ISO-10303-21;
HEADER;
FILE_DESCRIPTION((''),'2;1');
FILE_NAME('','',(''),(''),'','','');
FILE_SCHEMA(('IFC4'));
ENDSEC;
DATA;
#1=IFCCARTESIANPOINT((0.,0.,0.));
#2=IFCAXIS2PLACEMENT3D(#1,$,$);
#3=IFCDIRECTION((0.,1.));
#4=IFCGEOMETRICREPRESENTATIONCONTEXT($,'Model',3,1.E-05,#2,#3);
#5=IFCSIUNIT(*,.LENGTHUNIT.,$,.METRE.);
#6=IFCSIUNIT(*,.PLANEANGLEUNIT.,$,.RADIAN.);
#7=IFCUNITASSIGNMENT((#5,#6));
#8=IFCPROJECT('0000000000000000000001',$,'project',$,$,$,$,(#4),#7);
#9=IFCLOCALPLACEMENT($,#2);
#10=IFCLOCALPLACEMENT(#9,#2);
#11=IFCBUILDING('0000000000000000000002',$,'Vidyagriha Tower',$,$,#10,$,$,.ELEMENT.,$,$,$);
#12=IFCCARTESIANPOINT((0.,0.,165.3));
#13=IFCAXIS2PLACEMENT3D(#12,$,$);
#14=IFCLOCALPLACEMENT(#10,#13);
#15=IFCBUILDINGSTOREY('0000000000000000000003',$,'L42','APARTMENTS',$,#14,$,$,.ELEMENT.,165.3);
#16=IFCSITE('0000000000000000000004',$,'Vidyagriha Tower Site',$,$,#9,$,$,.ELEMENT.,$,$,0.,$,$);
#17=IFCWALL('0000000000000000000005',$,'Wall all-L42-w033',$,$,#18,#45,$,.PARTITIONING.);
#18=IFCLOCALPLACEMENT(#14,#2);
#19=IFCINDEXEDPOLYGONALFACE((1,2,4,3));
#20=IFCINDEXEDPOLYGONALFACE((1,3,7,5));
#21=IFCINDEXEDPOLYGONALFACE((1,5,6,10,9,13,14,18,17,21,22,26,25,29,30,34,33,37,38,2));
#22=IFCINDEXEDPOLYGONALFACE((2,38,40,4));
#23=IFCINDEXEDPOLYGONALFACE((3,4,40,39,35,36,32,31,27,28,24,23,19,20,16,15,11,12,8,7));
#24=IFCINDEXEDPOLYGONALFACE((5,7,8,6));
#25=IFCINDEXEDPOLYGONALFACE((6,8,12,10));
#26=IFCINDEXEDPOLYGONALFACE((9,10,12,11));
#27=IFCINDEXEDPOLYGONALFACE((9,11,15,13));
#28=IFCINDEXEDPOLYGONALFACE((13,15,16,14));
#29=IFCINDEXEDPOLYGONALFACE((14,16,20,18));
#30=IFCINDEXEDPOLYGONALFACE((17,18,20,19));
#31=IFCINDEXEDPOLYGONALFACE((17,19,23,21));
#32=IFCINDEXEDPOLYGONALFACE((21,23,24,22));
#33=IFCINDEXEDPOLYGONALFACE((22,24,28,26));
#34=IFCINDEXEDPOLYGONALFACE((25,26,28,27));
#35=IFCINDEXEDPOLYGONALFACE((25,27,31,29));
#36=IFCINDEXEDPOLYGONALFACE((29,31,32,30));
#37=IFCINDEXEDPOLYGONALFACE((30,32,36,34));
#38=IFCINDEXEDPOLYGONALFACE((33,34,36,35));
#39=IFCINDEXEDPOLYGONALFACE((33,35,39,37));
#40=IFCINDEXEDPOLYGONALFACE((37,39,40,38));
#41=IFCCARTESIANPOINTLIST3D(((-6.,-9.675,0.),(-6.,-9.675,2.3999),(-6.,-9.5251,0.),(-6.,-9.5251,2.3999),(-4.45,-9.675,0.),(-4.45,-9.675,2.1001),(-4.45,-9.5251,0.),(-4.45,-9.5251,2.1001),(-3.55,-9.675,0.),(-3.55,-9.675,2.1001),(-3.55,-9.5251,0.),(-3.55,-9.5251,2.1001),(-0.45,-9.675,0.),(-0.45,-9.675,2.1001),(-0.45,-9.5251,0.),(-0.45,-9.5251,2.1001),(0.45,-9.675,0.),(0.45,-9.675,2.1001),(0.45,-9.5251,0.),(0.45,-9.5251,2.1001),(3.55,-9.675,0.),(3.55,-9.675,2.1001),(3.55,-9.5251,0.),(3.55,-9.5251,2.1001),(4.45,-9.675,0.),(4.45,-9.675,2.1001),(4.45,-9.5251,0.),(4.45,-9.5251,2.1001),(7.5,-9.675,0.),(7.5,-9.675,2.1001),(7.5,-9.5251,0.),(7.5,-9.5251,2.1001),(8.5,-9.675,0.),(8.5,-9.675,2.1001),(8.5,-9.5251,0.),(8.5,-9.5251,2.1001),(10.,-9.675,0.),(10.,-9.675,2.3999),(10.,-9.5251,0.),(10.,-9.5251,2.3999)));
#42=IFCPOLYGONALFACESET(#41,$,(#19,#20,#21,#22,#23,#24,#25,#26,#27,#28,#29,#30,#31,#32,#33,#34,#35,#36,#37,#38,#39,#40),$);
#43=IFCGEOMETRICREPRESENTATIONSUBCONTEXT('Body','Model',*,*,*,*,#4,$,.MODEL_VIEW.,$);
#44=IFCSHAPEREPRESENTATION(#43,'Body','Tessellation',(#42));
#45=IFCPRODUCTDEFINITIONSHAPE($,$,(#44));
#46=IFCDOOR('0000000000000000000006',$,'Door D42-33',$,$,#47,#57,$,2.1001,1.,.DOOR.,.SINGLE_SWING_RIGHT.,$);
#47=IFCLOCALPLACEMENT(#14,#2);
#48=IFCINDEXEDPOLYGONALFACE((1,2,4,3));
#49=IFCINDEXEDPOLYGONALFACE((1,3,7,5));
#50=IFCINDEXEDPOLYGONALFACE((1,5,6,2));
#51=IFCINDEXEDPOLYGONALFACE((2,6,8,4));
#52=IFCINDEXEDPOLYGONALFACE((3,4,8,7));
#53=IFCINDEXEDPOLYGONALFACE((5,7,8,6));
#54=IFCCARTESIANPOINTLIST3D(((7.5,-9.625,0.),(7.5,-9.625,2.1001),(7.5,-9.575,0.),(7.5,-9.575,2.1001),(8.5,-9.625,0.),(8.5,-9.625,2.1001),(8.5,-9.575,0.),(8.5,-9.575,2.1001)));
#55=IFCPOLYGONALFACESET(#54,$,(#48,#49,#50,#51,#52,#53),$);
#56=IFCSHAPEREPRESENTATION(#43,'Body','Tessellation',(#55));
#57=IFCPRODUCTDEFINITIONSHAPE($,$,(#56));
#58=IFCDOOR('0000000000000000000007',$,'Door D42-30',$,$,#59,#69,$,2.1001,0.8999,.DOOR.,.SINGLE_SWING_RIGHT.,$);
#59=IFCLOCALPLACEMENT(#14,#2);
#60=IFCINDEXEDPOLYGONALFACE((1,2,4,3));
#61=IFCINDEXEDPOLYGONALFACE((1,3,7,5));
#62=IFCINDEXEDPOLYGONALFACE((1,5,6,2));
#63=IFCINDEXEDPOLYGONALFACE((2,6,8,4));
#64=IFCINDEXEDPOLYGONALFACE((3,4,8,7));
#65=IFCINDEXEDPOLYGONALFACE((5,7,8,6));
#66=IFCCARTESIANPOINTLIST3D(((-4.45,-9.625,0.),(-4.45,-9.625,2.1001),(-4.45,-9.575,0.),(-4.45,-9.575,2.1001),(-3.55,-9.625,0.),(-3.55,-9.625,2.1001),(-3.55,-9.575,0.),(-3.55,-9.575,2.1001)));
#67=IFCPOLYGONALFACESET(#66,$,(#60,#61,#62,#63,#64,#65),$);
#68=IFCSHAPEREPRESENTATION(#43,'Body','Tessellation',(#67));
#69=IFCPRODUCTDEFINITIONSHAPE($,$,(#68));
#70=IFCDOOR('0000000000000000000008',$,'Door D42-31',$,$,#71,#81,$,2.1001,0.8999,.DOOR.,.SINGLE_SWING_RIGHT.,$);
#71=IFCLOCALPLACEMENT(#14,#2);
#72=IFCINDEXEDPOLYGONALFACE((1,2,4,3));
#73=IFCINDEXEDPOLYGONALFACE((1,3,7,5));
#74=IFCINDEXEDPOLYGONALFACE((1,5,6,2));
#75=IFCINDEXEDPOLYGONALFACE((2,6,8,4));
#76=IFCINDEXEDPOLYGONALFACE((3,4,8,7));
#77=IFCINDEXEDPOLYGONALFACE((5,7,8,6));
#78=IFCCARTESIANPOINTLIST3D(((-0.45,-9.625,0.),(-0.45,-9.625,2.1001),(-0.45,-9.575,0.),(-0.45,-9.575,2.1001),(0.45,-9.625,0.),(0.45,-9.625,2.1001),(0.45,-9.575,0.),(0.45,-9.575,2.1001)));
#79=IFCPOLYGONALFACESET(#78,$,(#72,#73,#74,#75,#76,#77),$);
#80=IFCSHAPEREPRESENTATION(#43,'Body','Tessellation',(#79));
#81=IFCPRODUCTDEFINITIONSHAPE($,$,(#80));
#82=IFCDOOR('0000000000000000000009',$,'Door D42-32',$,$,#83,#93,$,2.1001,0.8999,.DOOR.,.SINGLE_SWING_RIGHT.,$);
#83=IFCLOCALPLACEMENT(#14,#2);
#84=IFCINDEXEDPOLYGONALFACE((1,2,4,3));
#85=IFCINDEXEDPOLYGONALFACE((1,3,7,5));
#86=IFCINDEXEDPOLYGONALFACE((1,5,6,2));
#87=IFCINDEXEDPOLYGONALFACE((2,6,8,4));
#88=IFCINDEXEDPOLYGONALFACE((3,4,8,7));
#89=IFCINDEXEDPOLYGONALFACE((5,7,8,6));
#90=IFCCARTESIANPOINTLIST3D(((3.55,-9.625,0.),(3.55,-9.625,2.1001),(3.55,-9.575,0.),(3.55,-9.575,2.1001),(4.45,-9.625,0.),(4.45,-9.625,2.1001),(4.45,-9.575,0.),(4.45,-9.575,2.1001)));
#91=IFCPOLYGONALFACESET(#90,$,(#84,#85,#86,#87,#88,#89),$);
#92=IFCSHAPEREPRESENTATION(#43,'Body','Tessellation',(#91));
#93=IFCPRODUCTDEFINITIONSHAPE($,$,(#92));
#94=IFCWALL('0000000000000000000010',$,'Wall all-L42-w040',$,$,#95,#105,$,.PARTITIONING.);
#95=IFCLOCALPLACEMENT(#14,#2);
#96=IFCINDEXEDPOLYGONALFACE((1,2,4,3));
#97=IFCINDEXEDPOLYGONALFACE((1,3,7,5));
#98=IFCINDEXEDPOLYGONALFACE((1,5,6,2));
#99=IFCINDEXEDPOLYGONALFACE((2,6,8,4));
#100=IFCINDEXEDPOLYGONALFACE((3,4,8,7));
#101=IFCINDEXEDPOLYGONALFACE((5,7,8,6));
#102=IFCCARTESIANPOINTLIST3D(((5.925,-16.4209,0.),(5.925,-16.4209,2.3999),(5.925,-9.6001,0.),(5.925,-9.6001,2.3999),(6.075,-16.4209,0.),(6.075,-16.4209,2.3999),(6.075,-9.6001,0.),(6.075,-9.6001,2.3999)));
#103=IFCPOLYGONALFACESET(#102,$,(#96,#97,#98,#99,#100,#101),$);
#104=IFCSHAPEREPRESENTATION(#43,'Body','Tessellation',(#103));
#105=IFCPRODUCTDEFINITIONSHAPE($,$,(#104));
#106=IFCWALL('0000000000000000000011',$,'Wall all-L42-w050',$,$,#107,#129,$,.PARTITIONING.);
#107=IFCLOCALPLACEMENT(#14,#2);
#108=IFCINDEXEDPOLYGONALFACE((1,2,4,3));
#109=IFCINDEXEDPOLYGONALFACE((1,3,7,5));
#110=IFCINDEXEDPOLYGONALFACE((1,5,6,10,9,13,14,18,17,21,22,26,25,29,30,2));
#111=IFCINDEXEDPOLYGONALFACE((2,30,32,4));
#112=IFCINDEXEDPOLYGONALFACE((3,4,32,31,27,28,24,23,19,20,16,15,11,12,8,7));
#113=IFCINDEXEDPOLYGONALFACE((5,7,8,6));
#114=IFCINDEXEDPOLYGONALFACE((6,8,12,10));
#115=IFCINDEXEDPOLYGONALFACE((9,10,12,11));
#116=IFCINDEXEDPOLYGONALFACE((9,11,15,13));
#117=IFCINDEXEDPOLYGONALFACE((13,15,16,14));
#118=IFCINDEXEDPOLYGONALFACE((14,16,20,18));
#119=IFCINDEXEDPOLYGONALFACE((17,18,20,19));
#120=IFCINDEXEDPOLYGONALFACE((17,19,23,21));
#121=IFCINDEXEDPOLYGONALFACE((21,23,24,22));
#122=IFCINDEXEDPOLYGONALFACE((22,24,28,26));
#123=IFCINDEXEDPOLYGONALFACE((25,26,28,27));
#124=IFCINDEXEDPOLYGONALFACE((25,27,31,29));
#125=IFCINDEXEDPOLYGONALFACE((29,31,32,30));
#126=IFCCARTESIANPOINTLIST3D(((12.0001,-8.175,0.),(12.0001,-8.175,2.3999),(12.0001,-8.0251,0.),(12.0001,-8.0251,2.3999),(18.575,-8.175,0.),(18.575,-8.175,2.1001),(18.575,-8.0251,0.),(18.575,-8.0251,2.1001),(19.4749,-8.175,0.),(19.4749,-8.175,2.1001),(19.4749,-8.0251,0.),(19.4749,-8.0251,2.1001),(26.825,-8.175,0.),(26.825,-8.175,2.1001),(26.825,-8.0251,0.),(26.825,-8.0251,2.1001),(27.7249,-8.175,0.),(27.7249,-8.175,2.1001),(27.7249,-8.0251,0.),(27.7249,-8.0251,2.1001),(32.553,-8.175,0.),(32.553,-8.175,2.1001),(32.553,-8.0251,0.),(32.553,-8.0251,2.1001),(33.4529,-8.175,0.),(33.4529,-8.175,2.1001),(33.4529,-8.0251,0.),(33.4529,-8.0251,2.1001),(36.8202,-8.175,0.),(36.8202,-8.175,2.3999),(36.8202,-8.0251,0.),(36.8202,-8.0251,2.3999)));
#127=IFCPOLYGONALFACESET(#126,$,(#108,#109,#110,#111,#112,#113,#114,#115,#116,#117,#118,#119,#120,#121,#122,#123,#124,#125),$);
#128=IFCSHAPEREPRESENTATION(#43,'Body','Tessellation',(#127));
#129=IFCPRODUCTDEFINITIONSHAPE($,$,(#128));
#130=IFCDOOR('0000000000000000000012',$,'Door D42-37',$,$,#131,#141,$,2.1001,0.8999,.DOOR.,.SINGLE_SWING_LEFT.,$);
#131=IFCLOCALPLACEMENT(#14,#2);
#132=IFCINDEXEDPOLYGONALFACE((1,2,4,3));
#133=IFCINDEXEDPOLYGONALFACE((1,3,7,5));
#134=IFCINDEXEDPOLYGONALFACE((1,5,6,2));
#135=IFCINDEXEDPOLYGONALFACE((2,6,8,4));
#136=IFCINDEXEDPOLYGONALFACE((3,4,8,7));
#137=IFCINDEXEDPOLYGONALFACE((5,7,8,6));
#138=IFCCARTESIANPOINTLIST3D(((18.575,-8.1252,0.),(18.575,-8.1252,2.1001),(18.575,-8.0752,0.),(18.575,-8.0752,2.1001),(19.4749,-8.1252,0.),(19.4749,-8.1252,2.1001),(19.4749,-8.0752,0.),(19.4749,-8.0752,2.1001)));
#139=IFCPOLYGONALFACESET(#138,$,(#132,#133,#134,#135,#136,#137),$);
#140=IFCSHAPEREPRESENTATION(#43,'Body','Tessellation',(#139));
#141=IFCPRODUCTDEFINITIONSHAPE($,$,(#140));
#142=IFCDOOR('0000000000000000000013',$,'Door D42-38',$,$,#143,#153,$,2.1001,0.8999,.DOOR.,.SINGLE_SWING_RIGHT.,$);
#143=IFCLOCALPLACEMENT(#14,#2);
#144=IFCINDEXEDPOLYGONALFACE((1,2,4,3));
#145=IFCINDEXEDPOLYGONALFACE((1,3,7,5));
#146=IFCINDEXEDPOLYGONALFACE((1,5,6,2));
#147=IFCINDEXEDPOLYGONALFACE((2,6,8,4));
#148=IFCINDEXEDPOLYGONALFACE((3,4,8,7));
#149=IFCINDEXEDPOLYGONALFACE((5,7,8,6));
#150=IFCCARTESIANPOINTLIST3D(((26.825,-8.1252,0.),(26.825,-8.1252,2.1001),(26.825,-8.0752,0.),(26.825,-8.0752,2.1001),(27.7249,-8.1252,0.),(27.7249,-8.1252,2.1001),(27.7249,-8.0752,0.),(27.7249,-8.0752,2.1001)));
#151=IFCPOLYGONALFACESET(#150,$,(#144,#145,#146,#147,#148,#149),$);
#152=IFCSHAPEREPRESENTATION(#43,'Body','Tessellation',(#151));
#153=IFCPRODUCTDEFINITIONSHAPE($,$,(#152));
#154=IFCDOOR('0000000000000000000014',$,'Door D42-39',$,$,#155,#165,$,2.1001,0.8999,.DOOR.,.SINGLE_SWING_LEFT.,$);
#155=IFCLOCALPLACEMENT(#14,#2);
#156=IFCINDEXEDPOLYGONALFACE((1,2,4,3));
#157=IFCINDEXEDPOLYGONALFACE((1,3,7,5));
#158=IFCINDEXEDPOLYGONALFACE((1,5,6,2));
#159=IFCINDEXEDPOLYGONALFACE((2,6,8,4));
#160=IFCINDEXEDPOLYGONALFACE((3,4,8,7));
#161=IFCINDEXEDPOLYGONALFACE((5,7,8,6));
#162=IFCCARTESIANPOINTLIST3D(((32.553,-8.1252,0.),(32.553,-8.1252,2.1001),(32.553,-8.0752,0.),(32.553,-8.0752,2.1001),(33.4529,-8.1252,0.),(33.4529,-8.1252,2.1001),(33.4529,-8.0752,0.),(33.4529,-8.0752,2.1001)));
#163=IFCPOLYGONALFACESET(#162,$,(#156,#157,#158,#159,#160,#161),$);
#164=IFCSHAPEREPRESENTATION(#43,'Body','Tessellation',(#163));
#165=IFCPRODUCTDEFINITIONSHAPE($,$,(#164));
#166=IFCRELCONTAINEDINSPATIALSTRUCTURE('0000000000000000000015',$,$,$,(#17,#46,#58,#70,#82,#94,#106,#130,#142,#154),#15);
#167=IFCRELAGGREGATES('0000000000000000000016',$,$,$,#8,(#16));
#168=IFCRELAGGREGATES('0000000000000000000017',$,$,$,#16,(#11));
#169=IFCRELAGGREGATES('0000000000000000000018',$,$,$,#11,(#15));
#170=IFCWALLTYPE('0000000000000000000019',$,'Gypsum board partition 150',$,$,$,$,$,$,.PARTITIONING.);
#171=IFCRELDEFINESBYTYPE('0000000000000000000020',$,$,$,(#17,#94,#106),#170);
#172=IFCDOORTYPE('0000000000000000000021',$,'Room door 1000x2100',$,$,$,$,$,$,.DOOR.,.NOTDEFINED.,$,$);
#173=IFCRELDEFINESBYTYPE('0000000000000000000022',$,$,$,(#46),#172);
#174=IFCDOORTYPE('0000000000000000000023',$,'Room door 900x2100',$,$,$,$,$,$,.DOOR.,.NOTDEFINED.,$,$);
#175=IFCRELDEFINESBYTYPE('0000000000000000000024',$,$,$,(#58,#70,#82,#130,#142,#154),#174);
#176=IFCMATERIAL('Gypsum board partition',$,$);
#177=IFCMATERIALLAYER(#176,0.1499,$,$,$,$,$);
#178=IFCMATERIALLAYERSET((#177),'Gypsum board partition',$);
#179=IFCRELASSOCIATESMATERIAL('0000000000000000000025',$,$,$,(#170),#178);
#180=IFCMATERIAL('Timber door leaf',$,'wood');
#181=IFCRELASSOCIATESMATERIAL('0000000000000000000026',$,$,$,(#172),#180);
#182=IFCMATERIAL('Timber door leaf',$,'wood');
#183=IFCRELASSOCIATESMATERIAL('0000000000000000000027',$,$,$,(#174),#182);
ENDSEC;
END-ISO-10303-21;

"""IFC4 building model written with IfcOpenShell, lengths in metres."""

from ifc_helpers import new_model, si_unit, direction, frame, frame_2d, origin, place, context, subcontext, project, spatial, rectangle, extrude, material, layer, layer_set, type_object, element, fill, save


model = new_model("IFC4")

# Units and contexts
model_context = context("Model", 3, precision=1e-05, world=origin(), true_north=direction((0.0, 1.0)))
body_context = subcontext(model_context, "Body", "Model", "MODEL_VIEW")
ifc_project = project(units=[si_unit("LENGTHUNIT", "METRE"), si_unit("PLANEANGLEUNIT", "RADIAN")], contexts=[model_context])

# Site, building, storey
site_placement = place(None, origin())
site = spatial("IfcSite", under=ifc_project, at=site_placement, Name="Vidyagriha Tower Site", CompositionType="ELEMENT", RefElevation=0.0)
building_placement = place(site_placement, origin())
building = spatial("IfcBuilding", under=site, at=building_placement, Name="Vidyagriha Tower", CompositionType="ELEMENT")
storey_placement = place(building_placement, frame((0.0, 0.0, 165.3)))
storey = spatial("IfcBuildingStorey", under=building, at=storey_placement, Name="L42", Description="APARTMENTS", CompositionType="ELEMENT", Elevation=165.3)

# Shared definitions
ifc_material_1 = material(Name="Gypsum board partition")
ifc_layer_1 = layer(ifc_material_1, 0.1499)
ifc_layer_set_1 = layer_set([ifc_layer_1], Name="Gypsum board partition")
wall_type_1 = type_object("IfcWallType", Name="Gypsum board partition 150", PredefinedType="PARTITIONING", material=ifc_layer_set_1)

# Wall, openings, doors
wall_1_placement = place(storey_placement, frame((10.0, -9.6001, 0.0), z_axis=(0.0, 0.0, 1.0), x_axis=(-1.0, 0.0, 0.0)))
wall_1 = element("IfcWall", 1, at=wall_1_placement, inside=storey, type_object=wall_type_1, Name="Wall all-L42-w033", PredefinedType="PARTITIONING", context=body_context, shape_type="SweptSolid", body=[
    extrude(rectangle(XDim=16.0, YDim=0.1499, at=frame_2d((8.0, 0.0))), origin(), (0.0, 0.0, 1.0), 2.3999),
])
opening_1_placement = place(wall_1_placement, frame((13.55, 0.0, 0.0)))
opening_1 = element("IfcOpeningElement", 2, at=opening_1_placement, cuts=wall_1, PredefinedType="OPENING", context=body_context, shape_type="SweptSolid", body=[
    extrude(rectangle(XDim=0.8999, YDim=2.1001, at=frame_2d((0.45, 1.05))), frame((0.0, 0.085, 0.0), z_axis=(0.0, -1.0, 0.0), x_axis=(1.0, 0.0, 0.0)), (0.0, 0.0, 1.0), 0.1699),
])
opening_2_placement = place(wall_1_placement, frame((9.55, 0.0, 0.0)))
opening_2 = element("IfcOpeningElement", 3, at=opening_2_placement, cuts=wall_1, PredefinedType="OPENING", context=body_context, shape_type="SweptSolid", body=[
    extrude(rectangle(XDim=0.8999, YDim=2.1001, at=frame_2d((0.45, 1.05))), frame((0.0, 0.085, 0.0), z_axis=(0.0, -1.0, 0.0), x_axis=(1.0, 0.0, 0.0)), (0.0, 0.0, 1.0), 0.1699),
])
opening_3_placement = place(wall_1_placement, frame((5.55, 0.0, 0.0)))
opening_3 = element("IfcOpeningElement", 4, at=opening_3_placement, cuts=wall_1, PredefinedType="OPENING", context=body_context, shape_type="SweptSolid", body=[
    extrude(rectangle(XDim=0.8999, YDim=2.1001, at=frame_2d((0.45, 1.05))), frame((0.0, 0.085, 0.0), z_axis=(0.0, -1.0, 0.0), x_axis=(1.0, 0.0, 0.0)), (0.0, 0.0, 1.0), 0.1699),
])
opening_4_placement = place(wall_1_placement, frame((1.5, 0.0, 0.0)))
opening_4 = element("IfcOpeningElement", 5, at=opening_4_placement, cuts=wall_1, PredefinedType="OPENING", context=body_context, shape_type="SweptSolid", body=[
    extrude(rectangle(XDim=1.0, YDim=2.1001, at=frame_2d((0.5, 1.05))), frame((0.0, 0.085, 0.0), z_axis=(0.0, -1.0, 0.0), x_axis=(1.0, 0.0, 0.0)), (0.0, 0.0, 1.0), 0.1699),
])
ifc_material_2 = material(Name="Timber door leaf", Category="wood")
door_type_1 = type_object("IfcDoorType", Name="Room door 1000x2100", OperationType="NOTDEFINED", PredefinedType="DOOR", material=ifc_material_2)
door_1_placement = place(opening_4_placement, origin())
door_1 = element("IfcDoor", 6, at=door_1_placement, inside=storey, type_object=door_type_1, Name="Door D42-33", OperationType="SINGLE_SWING_RIGHT", OverallHeight=2.1001, OverallWidth=1.0, PredefinedType="DOOR", context=body_context, shape_type="SweptSolid", body=[
    extrude(rectangle(XDim=1.0, YDim=2.1001, at=frame_2d((0.5, 1.05))), frame((0.0, 0.0249, 0.0), z_axis=(0.0, -1.0, 0.0), x_axis=(1.0, 0.0, 0.0)), (0.0, 0.0, 1.0), 0.05),
])
fill(opening_4, door_1)
ifc_material_3 = material(Name="Timber door leaf", Category="wood")
door_type_2 = type_object("IfcDoorType", Name="Room door 900x2100", OperationType="NOTDEFINED", PredefinedType="DOOR", material=ifc_material_3)
door_2_placement = place(opening_1_placement, origin())
door_2 = element("IfcDoor", 7, at=door_2_placement, inside=storey, type_object=door_type_2, Name="Door D42-30", OperationType="SINGLE_SWING_RIGHT", OverallHeight=2.1001, OverallWidth=0.8999, PredefinedType="DOOR", context=body_context, shape_type="SweptSolid", body=[
    extrude(rectangle(XDim=0.8999, YDim=2.1001, at=frame_2d((0.45, 1.05))), frame((0.0, 0.0249, 0.0), z_axis=(0.0, -1.0, 0.0), x_axis=(1.0, 0.0, 0.0)), (0.0, 0.0, 1.0), 0.05),
])
fill(opening_1, door_2)
door_3_placement = place(opening_2_placement, origin())
door_3 = element("IfcDoor", 8, at=door_3_placement, inside=storey, type_object=door_type_2, Name="Door D42-31", OperationType="SINGLE_SWING_RIGHT", OverallHeight=2.1001, OverallWidth=0.8999, PredefinedType="DOOR", context=body_context, shape_type="SweptSolid", body=[
    extrude(rectangle(XDim=0.8999, YDim=2.1001, at=frame_2d((0.45, 1.05))), frame((0.0, 0.0249, 0.0), z_axis=(0.0, -1.0, 0.0), x_axis=(1.0, 0.0, 0.0)), (0.0, 0.0, 1.0), 0.05),
])
fill(opening_2, door_3)
door_4_placement = place(opening_3_placement, origin())
door_4 = element("IfcDoor", 9, at=door_4_placement, inside=storey, type_object=door_type_2, Name="Door D42-32", OperationType="SINGLE_SWING_RIGHT", OverallHeight=2.1001, OverallWidth=0.8999, PredefinedType="DOOR", context=body_context, shape_type="SweptSolid", body=[
    extrude(rectangle(XDim=0.8999, YDim=2.1001, at=frame_2d((0.45, 1.05))), frame((0.0, 0.0249, 0.0), z_axis=(0.0, -1.0, 0.0), x_axis=(1.0, 0.0, 0.0)), (0.0, 0.0, 1.0), 0.05),
])
fill(opening_3, door_4)

# Wall
wall_2_placement = place(storey_placement, frame((6.0, -9.6001, 0.0), z_axis=(0.0, 0.0, 1.0), x_axis=(0.0, -1.0, 0.0)))
element("IfcWall", 10, at=wall_2_placement, inside=storey, type_object=wall_type_1, Name="Wall all-L42-w040", PredefinedType="PARTITIONING", context=body_context, shape_type="SweptSolid", body=[
    extrude(rectangle(XDim=6.8208, YDim=0.1499, at=frame_2d((3.4104, 0.0))), origin(), (0.0, 0.0, 1.0), 2.3999),
])

# Wall, openings, doors
wall_3_placement = place(storey_placement, frame((12.0, -8.1001, 0.0)))
wall_3 = element("IfcWall", 11, at=wall_3_placement, inside=storey, type_object=wall_type_1, Name="Wall all-L42-w050", PredefinedType="PARTITIONING", context=body_context, shape_type="SweptSolid", body=[
    extrude(rectangle(XDim=24.8201, YDim=0.1499, at=frame_2d((12.4102, 0.0))), origin(), (0.0, 0.0, 1.0), 2.3999),
])
opening_5_placement = place(wall_3_placement, frame((6.575, 0.0, 0.0)))
opening_5 = element("IfcOpeningElement", 12, at=opening_5_placement, cuts=wall_3, PredefinedType="OPENING", context=body_context, shape_type="SweptSolid", body=[
    extrude(rectangle(XDim=0.8999, YDim=2.1001, at=frame_2d((0.45, 1.05))), frame((0.0, 0.085, 0.0), z_axis=(0.0, -1.0, 0.0), x_axis=(1.0, 0.0, 0.0)), (0.0, 0.0, 1.0), 0.1699),
])
opening_6_placement = place(wall_3_placement, frame((14.825, 0.0, 0.0)))
opening_6 = element("IfcOpeningElement", 13, at=opening_6_placement, cuts=wall_3, PredefinedType="OPENING", context=body_context, shape_type="SweptSolid", body=[
    extrude(rectangle(XDim=0.8999, YDim=2.1001, at=frame_2d((0.45, 1.05))), frame((0.0, 0.085, 0.0), z_axis=(0.0, -1.0, 0.0), x_axis=(1.0, 0.0, 0.0)), (0.0, 0.0, 1.0), 0.1699),
])
opening_7_placement = place(wall_3_placement, frame((20.553, 0.0, 0.0)))
opening_7 = element("IfcOpeningElement", 14, at=opening_7_placement, cuts=wall_3, PredefinedType="OPENING", context=body_context, shape_type="SweptSolid", body=[
    extrude(rectangle(XDim=0.8999, YDim=2.1001, at=frame_2d((0.45, 1.05))), frame((0.0, 0.085, 0.0), z_axis=(0.0, -1.0, 0.0), x_axis=(1.0, 0.0, 0.0)), (0.0, 0.0, 1.0), 0.1699),
])
door_5_placement = place(opening_5_placement, origin())
door_5 = element("IfcDoor", 15, at=door_5_placement, inside=storey, type_object=door_type_2, Name="Door D42-37", OperationType="SINGLE_SWING_LEFT", OverallHeight=2.1001, OverallWidth=0.8999, PredefinedType="DOOR", context=body_context, shape_type="SweptSolid", body=[
    extrude(rectangle(XDim=0.8999, YDim=2.1001, at=frame_2d((0.45, 1.05))), frame((0.0, 0.0249, 0.0), z_axis=(0.0, -1.0, 0.0), x_axis=(1.0, 0.0, 0.0)), (0.0, 0.0, 1.0), 0.05),
])
fill(opening_5, door_5)
door_6_placement = place(opening_6_placement, origin())
door_6 = element("IfcDoor", 16, at=door_6_placement, inside=storey, type_object=door_type_2, Name="Door D42-38", OperationType="SINGLE_SWING_RIGHT", OverallHeight=2.1001, OverallWidth=0.8999, PredefinedType="DOOR", context=body_context, shape_type="SweptSolid", body=[
    extrude(rectangle(XDim=0.8999, YDim=2.1001, at=frame_2d((0.45, 1.05))), frame((0.0, 0.0249, 0.0), z_axis=(0.0, -1.0, 0.0), x_axis=(1.0, 0.0, 0.0)), (0.0, 0.0, 1.0), 0.05),
])
fill(opening_6, door_6)
door_7_placement = place(opening_7_placement, origin())
door_7 = element("IfcDoor", 17, at=door_7_placement, inside=storey, type_object=door_type_2, Name="Door D42-39", OperationType="SINGLE_SWING_LEFT", OverallHeight=2.1001, OverallWidth=0.8999, PredefinedType="DOOR", context=body_context, shape_type="SweptSolid", body=[
    extrude(rectangle(XDim=0.8999, YDim=2.1001, at=frame_2d((0.45, 1.05))), frame((0.0, 0.0249, 0.0), z_axis=(0.0, -1.0, 0.0), x_axis=(1.0, 0.0, 0.0)), (0.0, 0.0, 1.0), 0.05),
])
fill(opening_7, door_7)

save(model, "model.ifc")
